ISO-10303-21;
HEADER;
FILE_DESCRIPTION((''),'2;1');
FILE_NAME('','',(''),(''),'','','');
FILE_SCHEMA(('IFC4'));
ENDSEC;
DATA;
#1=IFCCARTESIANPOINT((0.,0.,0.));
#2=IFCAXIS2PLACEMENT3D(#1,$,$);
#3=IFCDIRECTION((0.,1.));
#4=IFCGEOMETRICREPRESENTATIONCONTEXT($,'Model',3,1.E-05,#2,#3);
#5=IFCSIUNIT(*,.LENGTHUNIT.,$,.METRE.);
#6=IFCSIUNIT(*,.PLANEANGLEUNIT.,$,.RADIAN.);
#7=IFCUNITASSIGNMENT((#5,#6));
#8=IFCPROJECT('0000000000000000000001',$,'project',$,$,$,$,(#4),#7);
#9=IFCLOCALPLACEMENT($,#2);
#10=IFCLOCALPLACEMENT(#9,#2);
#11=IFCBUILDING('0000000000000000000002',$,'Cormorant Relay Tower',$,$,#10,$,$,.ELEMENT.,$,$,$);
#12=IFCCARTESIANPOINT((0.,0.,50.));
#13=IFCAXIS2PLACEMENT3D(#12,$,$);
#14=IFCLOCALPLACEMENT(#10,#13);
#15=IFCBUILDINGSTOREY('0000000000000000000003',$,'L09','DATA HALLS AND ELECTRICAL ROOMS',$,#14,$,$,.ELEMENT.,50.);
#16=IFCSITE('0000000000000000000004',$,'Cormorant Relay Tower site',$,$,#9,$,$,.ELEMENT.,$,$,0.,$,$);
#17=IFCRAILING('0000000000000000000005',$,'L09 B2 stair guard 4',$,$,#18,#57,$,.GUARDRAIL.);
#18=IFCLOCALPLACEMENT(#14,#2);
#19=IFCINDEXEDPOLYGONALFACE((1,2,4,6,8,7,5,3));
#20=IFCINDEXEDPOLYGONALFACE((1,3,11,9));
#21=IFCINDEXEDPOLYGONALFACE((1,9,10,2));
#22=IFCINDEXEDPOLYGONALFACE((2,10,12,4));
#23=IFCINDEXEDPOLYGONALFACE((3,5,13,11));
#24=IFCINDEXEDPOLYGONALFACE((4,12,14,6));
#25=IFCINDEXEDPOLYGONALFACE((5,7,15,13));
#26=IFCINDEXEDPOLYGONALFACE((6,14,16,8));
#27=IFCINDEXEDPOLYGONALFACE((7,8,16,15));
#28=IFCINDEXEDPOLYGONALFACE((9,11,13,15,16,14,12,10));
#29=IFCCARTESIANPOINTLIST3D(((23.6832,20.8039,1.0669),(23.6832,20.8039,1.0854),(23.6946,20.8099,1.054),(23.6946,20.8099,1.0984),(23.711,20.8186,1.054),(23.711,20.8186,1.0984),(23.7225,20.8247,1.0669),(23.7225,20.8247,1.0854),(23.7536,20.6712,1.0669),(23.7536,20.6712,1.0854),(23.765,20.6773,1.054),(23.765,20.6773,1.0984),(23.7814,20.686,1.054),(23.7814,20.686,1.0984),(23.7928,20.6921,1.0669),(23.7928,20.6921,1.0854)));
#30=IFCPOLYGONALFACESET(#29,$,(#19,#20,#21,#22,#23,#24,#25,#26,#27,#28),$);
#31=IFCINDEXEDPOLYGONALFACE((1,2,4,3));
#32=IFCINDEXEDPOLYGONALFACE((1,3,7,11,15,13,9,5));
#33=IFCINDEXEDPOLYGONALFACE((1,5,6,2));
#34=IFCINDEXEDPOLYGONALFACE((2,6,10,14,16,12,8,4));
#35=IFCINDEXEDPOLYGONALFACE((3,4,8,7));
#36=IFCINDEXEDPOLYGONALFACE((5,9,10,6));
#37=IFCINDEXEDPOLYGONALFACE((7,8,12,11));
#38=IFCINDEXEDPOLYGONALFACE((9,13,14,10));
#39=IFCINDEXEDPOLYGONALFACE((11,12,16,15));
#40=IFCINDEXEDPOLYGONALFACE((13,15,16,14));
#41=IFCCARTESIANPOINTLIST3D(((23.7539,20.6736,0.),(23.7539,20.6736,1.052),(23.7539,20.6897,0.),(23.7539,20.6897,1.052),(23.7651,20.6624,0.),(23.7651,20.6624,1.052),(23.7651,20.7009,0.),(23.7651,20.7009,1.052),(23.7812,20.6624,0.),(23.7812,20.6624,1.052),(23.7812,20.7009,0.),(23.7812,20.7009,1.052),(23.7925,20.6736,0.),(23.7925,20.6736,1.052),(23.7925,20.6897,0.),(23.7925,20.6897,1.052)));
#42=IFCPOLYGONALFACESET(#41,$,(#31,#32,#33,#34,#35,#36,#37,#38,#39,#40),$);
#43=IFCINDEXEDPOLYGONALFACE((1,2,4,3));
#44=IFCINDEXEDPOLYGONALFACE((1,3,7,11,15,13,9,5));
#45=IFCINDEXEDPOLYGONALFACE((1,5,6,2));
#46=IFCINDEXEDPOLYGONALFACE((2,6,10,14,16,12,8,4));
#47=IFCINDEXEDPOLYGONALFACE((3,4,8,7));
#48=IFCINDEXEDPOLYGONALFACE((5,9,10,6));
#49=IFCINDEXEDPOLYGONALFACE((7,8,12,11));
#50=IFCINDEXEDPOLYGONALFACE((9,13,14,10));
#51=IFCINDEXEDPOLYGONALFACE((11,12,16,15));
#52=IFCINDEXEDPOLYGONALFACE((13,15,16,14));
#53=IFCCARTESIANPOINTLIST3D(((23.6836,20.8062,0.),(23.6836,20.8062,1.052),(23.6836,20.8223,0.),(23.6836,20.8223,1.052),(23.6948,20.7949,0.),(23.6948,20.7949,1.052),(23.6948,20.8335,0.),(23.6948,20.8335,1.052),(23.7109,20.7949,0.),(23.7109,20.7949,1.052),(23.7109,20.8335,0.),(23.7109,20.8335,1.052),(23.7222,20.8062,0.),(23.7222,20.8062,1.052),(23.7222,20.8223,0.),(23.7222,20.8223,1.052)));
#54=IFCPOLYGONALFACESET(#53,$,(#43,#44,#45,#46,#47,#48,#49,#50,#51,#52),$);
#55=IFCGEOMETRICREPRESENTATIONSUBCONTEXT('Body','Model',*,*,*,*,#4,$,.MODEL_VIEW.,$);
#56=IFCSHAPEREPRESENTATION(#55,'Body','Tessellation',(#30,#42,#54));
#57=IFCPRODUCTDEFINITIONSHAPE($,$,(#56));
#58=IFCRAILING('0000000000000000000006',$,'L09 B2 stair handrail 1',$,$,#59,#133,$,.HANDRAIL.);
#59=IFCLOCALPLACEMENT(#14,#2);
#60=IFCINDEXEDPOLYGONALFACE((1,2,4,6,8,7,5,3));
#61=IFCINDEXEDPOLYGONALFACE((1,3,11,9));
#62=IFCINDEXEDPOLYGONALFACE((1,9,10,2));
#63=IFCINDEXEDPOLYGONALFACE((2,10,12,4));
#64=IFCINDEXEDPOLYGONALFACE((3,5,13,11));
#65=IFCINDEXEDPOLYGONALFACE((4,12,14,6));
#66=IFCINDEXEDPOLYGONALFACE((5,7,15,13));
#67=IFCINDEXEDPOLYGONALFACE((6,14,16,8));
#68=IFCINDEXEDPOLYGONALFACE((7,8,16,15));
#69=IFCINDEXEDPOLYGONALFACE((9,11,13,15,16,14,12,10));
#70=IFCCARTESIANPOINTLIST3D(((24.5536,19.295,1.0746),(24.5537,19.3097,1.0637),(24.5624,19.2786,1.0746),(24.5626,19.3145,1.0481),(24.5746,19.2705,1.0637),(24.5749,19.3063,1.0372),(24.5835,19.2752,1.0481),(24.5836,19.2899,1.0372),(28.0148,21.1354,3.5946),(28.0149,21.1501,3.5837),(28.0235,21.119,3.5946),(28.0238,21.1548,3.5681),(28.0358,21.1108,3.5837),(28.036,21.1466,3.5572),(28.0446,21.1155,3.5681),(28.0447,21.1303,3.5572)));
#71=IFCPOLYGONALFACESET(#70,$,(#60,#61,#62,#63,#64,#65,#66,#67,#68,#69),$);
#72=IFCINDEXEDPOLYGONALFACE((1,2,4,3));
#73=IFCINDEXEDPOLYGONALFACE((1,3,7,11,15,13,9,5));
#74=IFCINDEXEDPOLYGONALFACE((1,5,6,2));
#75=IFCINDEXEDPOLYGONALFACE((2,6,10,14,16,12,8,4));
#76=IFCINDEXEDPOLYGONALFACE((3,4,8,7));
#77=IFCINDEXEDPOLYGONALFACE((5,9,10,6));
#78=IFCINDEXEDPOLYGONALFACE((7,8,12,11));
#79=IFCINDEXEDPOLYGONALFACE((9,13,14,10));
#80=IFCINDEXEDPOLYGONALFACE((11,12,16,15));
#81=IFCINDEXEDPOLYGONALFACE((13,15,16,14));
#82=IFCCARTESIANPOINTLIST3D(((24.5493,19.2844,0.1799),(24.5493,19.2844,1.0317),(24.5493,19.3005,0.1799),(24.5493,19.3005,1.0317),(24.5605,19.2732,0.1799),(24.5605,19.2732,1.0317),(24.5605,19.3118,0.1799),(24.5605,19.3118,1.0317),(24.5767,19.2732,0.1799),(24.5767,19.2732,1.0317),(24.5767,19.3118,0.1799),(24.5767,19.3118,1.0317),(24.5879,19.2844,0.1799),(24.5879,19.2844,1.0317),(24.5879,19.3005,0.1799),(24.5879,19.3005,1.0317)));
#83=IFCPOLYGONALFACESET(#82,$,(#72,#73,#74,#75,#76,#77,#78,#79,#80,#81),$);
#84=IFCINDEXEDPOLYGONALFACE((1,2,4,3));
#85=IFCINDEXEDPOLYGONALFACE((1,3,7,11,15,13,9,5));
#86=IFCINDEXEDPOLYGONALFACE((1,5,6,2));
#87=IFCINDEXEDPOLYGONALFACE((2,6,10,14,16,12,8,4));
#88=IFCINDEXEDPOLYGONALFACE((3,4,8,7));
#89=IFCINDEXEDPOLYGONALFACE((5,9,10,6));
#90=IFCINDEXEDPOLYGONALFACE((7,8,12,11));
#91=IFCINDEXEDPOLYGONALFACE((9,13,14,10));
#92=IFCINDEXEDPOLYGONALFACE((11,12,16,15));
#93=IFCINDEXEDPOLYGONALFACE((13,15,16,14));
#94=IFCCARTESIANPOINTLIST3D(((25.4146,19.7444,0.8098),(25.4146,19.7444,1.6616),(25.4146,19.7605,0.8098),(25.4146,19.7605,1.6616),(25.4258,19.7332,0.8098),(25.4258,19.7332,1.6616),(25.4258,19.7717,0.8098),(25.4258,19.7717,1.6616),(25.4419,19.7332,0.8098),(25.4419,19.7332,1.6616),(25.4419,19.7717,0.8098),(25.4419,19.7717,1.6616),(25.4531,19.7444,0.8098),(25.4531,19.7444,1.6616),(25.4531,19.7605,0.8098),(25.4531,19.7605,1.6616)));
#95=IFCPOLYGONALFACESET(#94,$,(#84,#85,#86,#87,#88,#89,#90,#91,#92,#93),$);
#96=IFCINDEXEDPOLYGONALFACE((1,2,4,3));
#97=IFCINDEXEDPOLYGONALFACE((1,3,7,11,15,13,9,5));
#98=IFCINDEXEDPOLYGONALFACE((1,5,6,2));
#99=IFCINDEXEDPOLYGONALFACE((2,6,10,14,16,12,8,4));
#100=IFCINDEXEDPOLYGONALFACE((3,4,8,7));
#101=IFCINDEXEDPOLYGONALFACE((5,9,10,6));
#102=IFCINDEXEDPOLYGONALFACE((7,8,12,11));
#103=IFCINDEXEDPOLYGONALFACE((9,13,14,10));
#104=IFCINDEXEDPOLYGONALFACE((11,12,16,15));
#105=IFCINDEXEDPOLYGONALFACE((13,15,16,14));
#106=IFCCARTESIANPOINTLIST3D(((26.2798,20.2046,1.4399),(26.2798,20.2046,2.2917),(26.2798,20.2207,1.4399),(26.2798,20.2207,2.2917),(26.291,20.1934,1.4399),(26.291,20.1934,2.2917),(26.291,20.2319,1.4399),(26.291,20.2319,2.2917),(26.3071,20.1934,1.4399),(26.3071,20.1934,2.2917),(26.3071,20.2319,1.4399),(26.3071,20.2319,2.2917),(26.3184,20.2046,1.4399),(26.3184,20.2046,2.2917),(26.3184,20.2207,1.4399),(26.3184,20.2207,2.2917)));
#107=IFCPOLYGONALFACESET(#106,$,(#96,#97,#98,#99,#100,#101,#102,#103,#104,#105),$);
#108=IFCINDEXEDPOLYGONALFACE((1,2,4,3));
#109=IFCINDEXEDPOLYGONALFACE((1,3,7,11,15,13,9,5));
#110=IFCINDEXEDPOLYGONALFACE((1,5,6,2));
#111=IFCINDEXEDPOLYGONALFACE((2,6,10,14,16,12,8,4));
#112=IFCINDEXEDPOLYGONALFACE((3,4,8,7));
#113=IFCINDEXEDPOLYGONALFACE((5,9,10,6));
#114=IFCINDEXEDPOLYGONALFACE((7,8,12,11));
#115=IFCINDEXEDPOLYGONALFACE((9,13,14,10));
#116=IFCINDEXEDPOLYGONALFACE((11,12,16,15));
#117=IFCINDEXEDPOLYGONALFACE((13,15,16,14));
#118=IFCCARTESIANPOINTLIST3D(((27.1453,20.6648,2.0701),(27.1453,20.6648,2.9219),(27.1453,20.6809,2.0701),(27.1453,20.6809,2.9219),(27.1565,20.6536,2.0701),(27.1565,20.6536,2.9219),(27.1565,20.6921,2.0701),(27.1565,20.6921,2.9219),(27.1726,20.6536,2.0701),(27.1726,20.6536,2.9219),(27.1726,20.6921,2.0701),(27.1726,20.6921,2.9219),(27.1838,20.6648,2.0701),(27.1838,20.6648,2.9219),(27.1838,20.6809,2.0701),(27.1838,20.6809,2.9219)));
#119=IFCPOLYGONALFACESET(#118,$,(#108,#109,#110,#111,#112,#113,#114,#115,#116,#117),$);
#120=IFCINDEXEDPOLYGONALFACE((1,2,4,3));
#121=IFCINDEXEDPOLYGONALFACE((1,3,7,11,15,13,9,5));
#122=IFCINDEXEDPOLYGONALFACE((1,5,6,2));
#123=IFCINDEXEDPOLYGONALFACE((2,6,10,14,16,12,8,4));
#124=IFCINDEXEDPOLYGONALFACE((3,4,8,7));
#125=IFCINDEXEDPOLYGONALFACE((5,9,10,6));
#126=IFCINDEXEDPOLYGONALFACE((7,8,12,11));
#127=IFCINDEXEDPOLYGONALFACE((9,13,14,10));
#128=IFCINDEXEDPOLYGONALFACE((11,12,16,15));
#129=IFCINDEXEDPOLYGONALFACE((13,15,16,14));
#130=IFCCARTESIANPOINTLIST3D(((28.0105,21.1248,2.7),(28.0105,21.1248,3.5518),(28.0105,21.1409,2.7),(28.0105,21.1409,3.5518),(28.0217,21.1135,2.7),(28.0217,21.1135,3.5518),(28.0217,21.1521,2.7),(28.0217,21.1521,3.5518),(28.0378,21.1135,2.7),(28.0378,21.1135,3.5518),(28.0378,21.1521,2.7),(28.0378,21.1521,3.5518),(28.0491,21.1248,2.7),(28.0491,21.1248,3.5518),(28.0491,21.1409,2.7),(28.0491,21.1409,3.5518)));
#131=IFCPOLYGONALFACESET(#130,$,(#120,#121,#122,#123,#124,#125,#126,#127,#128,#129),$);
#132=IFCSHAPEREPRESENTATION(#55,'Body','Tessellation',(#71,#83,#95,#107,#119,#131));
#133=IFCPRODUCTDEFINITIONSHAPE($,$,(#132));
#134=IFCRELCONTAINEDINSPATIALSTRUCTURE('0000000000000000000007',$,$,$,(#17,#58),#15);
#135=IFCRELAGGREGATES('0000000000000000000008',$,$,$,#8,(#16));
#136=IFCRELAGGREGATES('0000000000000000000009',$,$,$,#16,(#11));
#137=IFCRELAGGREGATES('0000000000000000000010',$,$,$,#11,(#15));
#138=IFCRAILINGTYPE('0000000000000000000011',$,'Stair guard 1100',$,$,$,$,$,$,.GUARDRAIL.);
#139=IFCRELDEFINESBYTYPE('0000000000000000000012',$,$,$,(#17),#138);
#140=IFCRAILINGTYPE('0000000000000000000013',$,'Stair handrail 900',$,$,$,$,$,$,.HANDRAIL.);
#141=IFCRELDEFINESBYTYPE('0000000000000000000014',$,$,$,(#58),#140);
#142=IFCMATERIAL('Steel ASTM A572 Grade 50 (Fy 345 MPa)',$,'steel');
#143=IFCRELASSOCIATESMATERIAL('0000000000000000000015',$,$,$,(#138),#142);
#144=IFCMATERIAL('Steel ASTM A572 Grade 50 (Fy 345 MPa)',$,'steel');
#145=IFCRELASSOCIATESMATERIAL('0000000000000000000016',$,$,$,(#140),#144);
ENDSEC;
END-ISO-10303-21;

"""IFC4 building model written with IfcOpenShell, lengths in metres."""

from ifc_helpers import new_model, si_unit, direction, frame, origin, place, context, subcontext, project, spatial, polyline, outline, extrude, material, type_object, element, save


model = new_model("IFC4")

# Units and contexts
model_context = context("Model", 3, precision=1e-05, world=origin(), true_north=direction((0.0, 1.0)))
body_context = subcontext(model_context, "Body", "Model", "MODEL_VIEW")
ifc_project = project(units=[si_unit("LENGTHUNIT", "METRE"), si_unit("PLANEANGLEUNIT", "RADIAN")], contexts=[model_context])

# Site, building, storey
site_placement = place(None, origin())
site = spatial("IfcSite", under=ifc_project, at=site_placement, Name="Cormorant Relay Tower site", CompositionType="ELEMENT", RefElevation=0.0)
building_placement = place(site_placement, origin())
building = spatial("IfcBuilding", under=site, at=building_placement, Name="Cormorant Relay Tower", CompositionType="ELEMENT")
storey_placement = place(building_placement, frame((0.0, 0.0, 50.0)))
storey = spatial("IfcBuildingStorey", under=building, at=storey_placement, Name="L09", Description="DATA HALLS AND ELECTRICAL ROOMS", CompositionType="ELEMENT", Elevation=50.0)

# Railings
ifc_material_1 = material(Name="Steel ASTM A572 Grade 50 (Fy 345 MPa)", Category="steel")
railing_type_1 = type_object("IfcRailingType", Name="Stair guard 1100", PredefinedType="GUARDRAIL", material=ifc_material_1)
railing_1_placement = place(storey_placement, frame((23.7732, 20.6816, 0.0)))
element("IfcRailing", 1, at=railing_1_placement, inside=storey, type_object=railing_type_1, Name="L09 B2 stair guard 4", PredefinedType="GUARDRAIL", context=body_context, shape_type="SweptSolid", body=[
    extrude(outline(polyline([(0.0222, 0.0093), (0.0093, 0.0222), (-0.0093, 0.0222), (-0.0222, 0.0093), (-0.0222, -0.0093), (-0.0093, -0.0222), (0.0093, -0.0222), (0.0222, -0.0093), (0.0222, 0.0093)])), frame((0.0, 0.0, 1.0762), z_axis=(-0.46856, 0.883431, 0.0), x_axis=(-0.883431, -0.46856, 0.0)), (0.0, 0.0, 1.0), 0.1501),
    extrude(outline(polyline([(0.0193, 0.0081), (0.0081, 0.0193), (-0.0081, 0.0193), (-0.0193, 0.0081), (-0.0193, -0.0081), (-0.0081, -0.0193), (0.0081, -0.0193), (0.0193, -0.0081), (0.0193, 0.0081)])), origin(), (0.0, 0.0, 1.0), 1.052),
    extrude(outline(polyline([(0.0193, 0.0081), (0.0081, 0.0193), (-0.0081, 0.0193), (-0.0193, 0.0081), (-0.0193, -0.0081), (-0.0081, -0.0193), (0.0081, -0.0193), (0.0193, -0.0081), (0.0193, 0.0081)])), frame((-0.0703, 0.1326, 0.0)), (0.0, 0.0, 1.0), 1.052),
])
ifc_material_2 = material(Name="Steel ASTM A572 Grade 50 (Fy 345 MPa)", Category="steel")
railing_type_2 = type_object("IfcRailingType", Name="Stair handrail 900", PredefinedType="HANDRAIL", material=ifc_material_2)
railing_2_placement = place(storey_placement, frame((24.5686, 19.2925, 0.1799)))
element("IfcRailing", 2, at=railing_2_placement, inside=storey, type_object=railing_type_2, Name="L09 B2 stair handrail 1", PredefinedType="HANDRAIL", context=body_context, shape_type="SweptSolid", body=[
    extrude(outline(polyline([(0.0222, 0.0093), (0.0093, 0.0222), (-0.0093, 0.0222), (-0.0222, 0.0093), (-0.0222, -0.0093), (-0.0093, -0.0222), (0.0093, -0.0222), (0.0222, -0.0093), (0.0222, 0.0093)])), frame((0.0, 0.0, 0.876), z_axis=(0.742717, 0.394907, 0.540758), x_axis=(-0.469469, 0.882949, 0.0)), (0.0, 0.0, 1.0), 4.6602),
    extrude(outline(polyline([(0.0193, 0.0081), (0.0081, 0.0193), (-0.0081, 0.0193), (-0.0193, 0.0081), (-0.0193, -0.0081), (-0.0081, -0.0193), (0.0081, -0.0193), (0.0193, -0.0081), (0.0193, 0.0081)])), origin(), (0.0, 0.0, 1.0), 0.8518),
    extrude(outline(polyline([(0.0193, 0.0081), (0.0081, 0.0193), (-0.0081, 0.0193), (-0.0193, 0.0081), (-0.0193, -0.0081), (-0.0081, -0.0193), (0.0081, -0.0193), (0.0193, -0.0081), (0.0193, 0.0081)])), frame((0.8652, 0.46, 0.6299)), (0.0, 0.0, 1.0), 0.8518),
    extrude(outline(polyline([(0.0193, 0.0081), (0.0081, 0.0193), (-0.0081, 0.0193), (-0.0193, 0.0081), (-0.0193, -0.0081), (-0.0081, -0.0193), (0.0081, -0.0193), (0.0193, -0.0081), (0.0193, 0.0081)])), frame((1.7305, 0.9202, 1.26)), (0.0, 0.0, 1.0), 0.8518),
    extrude(outline(polyline([(0.0193, 0.0081), (0.0081, 0.0193), (-0.0081, 0.0193), (-0.0193, 0.0081), (-0.0193, -0.0081), (-0.0081, -0.0193), (0.0081, -0.0193), (0.0193, -0.0081), (0.0193, 0.0081)])), frame((2.5959, 1.3804, 1.8901)), (0.0, 0.0, 1.0), 0.8518),
    extrude(outline(polyline([(0.0193, 0.0081), (0.0081, 0.0193), (-0.0081, 0.0193), (-0.0193, 0.0081), (-0.0193, -0.0081), (-0.0081, -0.0193), (0.0081, -0.0193), (0.0193, -0.0081), (0.0193, 0.0081)])), frame((3.4612, 1.8403, 2.52)), (0.0, 0.0, 1.0), 0.8518),
])

save(model, "model.ifc")
